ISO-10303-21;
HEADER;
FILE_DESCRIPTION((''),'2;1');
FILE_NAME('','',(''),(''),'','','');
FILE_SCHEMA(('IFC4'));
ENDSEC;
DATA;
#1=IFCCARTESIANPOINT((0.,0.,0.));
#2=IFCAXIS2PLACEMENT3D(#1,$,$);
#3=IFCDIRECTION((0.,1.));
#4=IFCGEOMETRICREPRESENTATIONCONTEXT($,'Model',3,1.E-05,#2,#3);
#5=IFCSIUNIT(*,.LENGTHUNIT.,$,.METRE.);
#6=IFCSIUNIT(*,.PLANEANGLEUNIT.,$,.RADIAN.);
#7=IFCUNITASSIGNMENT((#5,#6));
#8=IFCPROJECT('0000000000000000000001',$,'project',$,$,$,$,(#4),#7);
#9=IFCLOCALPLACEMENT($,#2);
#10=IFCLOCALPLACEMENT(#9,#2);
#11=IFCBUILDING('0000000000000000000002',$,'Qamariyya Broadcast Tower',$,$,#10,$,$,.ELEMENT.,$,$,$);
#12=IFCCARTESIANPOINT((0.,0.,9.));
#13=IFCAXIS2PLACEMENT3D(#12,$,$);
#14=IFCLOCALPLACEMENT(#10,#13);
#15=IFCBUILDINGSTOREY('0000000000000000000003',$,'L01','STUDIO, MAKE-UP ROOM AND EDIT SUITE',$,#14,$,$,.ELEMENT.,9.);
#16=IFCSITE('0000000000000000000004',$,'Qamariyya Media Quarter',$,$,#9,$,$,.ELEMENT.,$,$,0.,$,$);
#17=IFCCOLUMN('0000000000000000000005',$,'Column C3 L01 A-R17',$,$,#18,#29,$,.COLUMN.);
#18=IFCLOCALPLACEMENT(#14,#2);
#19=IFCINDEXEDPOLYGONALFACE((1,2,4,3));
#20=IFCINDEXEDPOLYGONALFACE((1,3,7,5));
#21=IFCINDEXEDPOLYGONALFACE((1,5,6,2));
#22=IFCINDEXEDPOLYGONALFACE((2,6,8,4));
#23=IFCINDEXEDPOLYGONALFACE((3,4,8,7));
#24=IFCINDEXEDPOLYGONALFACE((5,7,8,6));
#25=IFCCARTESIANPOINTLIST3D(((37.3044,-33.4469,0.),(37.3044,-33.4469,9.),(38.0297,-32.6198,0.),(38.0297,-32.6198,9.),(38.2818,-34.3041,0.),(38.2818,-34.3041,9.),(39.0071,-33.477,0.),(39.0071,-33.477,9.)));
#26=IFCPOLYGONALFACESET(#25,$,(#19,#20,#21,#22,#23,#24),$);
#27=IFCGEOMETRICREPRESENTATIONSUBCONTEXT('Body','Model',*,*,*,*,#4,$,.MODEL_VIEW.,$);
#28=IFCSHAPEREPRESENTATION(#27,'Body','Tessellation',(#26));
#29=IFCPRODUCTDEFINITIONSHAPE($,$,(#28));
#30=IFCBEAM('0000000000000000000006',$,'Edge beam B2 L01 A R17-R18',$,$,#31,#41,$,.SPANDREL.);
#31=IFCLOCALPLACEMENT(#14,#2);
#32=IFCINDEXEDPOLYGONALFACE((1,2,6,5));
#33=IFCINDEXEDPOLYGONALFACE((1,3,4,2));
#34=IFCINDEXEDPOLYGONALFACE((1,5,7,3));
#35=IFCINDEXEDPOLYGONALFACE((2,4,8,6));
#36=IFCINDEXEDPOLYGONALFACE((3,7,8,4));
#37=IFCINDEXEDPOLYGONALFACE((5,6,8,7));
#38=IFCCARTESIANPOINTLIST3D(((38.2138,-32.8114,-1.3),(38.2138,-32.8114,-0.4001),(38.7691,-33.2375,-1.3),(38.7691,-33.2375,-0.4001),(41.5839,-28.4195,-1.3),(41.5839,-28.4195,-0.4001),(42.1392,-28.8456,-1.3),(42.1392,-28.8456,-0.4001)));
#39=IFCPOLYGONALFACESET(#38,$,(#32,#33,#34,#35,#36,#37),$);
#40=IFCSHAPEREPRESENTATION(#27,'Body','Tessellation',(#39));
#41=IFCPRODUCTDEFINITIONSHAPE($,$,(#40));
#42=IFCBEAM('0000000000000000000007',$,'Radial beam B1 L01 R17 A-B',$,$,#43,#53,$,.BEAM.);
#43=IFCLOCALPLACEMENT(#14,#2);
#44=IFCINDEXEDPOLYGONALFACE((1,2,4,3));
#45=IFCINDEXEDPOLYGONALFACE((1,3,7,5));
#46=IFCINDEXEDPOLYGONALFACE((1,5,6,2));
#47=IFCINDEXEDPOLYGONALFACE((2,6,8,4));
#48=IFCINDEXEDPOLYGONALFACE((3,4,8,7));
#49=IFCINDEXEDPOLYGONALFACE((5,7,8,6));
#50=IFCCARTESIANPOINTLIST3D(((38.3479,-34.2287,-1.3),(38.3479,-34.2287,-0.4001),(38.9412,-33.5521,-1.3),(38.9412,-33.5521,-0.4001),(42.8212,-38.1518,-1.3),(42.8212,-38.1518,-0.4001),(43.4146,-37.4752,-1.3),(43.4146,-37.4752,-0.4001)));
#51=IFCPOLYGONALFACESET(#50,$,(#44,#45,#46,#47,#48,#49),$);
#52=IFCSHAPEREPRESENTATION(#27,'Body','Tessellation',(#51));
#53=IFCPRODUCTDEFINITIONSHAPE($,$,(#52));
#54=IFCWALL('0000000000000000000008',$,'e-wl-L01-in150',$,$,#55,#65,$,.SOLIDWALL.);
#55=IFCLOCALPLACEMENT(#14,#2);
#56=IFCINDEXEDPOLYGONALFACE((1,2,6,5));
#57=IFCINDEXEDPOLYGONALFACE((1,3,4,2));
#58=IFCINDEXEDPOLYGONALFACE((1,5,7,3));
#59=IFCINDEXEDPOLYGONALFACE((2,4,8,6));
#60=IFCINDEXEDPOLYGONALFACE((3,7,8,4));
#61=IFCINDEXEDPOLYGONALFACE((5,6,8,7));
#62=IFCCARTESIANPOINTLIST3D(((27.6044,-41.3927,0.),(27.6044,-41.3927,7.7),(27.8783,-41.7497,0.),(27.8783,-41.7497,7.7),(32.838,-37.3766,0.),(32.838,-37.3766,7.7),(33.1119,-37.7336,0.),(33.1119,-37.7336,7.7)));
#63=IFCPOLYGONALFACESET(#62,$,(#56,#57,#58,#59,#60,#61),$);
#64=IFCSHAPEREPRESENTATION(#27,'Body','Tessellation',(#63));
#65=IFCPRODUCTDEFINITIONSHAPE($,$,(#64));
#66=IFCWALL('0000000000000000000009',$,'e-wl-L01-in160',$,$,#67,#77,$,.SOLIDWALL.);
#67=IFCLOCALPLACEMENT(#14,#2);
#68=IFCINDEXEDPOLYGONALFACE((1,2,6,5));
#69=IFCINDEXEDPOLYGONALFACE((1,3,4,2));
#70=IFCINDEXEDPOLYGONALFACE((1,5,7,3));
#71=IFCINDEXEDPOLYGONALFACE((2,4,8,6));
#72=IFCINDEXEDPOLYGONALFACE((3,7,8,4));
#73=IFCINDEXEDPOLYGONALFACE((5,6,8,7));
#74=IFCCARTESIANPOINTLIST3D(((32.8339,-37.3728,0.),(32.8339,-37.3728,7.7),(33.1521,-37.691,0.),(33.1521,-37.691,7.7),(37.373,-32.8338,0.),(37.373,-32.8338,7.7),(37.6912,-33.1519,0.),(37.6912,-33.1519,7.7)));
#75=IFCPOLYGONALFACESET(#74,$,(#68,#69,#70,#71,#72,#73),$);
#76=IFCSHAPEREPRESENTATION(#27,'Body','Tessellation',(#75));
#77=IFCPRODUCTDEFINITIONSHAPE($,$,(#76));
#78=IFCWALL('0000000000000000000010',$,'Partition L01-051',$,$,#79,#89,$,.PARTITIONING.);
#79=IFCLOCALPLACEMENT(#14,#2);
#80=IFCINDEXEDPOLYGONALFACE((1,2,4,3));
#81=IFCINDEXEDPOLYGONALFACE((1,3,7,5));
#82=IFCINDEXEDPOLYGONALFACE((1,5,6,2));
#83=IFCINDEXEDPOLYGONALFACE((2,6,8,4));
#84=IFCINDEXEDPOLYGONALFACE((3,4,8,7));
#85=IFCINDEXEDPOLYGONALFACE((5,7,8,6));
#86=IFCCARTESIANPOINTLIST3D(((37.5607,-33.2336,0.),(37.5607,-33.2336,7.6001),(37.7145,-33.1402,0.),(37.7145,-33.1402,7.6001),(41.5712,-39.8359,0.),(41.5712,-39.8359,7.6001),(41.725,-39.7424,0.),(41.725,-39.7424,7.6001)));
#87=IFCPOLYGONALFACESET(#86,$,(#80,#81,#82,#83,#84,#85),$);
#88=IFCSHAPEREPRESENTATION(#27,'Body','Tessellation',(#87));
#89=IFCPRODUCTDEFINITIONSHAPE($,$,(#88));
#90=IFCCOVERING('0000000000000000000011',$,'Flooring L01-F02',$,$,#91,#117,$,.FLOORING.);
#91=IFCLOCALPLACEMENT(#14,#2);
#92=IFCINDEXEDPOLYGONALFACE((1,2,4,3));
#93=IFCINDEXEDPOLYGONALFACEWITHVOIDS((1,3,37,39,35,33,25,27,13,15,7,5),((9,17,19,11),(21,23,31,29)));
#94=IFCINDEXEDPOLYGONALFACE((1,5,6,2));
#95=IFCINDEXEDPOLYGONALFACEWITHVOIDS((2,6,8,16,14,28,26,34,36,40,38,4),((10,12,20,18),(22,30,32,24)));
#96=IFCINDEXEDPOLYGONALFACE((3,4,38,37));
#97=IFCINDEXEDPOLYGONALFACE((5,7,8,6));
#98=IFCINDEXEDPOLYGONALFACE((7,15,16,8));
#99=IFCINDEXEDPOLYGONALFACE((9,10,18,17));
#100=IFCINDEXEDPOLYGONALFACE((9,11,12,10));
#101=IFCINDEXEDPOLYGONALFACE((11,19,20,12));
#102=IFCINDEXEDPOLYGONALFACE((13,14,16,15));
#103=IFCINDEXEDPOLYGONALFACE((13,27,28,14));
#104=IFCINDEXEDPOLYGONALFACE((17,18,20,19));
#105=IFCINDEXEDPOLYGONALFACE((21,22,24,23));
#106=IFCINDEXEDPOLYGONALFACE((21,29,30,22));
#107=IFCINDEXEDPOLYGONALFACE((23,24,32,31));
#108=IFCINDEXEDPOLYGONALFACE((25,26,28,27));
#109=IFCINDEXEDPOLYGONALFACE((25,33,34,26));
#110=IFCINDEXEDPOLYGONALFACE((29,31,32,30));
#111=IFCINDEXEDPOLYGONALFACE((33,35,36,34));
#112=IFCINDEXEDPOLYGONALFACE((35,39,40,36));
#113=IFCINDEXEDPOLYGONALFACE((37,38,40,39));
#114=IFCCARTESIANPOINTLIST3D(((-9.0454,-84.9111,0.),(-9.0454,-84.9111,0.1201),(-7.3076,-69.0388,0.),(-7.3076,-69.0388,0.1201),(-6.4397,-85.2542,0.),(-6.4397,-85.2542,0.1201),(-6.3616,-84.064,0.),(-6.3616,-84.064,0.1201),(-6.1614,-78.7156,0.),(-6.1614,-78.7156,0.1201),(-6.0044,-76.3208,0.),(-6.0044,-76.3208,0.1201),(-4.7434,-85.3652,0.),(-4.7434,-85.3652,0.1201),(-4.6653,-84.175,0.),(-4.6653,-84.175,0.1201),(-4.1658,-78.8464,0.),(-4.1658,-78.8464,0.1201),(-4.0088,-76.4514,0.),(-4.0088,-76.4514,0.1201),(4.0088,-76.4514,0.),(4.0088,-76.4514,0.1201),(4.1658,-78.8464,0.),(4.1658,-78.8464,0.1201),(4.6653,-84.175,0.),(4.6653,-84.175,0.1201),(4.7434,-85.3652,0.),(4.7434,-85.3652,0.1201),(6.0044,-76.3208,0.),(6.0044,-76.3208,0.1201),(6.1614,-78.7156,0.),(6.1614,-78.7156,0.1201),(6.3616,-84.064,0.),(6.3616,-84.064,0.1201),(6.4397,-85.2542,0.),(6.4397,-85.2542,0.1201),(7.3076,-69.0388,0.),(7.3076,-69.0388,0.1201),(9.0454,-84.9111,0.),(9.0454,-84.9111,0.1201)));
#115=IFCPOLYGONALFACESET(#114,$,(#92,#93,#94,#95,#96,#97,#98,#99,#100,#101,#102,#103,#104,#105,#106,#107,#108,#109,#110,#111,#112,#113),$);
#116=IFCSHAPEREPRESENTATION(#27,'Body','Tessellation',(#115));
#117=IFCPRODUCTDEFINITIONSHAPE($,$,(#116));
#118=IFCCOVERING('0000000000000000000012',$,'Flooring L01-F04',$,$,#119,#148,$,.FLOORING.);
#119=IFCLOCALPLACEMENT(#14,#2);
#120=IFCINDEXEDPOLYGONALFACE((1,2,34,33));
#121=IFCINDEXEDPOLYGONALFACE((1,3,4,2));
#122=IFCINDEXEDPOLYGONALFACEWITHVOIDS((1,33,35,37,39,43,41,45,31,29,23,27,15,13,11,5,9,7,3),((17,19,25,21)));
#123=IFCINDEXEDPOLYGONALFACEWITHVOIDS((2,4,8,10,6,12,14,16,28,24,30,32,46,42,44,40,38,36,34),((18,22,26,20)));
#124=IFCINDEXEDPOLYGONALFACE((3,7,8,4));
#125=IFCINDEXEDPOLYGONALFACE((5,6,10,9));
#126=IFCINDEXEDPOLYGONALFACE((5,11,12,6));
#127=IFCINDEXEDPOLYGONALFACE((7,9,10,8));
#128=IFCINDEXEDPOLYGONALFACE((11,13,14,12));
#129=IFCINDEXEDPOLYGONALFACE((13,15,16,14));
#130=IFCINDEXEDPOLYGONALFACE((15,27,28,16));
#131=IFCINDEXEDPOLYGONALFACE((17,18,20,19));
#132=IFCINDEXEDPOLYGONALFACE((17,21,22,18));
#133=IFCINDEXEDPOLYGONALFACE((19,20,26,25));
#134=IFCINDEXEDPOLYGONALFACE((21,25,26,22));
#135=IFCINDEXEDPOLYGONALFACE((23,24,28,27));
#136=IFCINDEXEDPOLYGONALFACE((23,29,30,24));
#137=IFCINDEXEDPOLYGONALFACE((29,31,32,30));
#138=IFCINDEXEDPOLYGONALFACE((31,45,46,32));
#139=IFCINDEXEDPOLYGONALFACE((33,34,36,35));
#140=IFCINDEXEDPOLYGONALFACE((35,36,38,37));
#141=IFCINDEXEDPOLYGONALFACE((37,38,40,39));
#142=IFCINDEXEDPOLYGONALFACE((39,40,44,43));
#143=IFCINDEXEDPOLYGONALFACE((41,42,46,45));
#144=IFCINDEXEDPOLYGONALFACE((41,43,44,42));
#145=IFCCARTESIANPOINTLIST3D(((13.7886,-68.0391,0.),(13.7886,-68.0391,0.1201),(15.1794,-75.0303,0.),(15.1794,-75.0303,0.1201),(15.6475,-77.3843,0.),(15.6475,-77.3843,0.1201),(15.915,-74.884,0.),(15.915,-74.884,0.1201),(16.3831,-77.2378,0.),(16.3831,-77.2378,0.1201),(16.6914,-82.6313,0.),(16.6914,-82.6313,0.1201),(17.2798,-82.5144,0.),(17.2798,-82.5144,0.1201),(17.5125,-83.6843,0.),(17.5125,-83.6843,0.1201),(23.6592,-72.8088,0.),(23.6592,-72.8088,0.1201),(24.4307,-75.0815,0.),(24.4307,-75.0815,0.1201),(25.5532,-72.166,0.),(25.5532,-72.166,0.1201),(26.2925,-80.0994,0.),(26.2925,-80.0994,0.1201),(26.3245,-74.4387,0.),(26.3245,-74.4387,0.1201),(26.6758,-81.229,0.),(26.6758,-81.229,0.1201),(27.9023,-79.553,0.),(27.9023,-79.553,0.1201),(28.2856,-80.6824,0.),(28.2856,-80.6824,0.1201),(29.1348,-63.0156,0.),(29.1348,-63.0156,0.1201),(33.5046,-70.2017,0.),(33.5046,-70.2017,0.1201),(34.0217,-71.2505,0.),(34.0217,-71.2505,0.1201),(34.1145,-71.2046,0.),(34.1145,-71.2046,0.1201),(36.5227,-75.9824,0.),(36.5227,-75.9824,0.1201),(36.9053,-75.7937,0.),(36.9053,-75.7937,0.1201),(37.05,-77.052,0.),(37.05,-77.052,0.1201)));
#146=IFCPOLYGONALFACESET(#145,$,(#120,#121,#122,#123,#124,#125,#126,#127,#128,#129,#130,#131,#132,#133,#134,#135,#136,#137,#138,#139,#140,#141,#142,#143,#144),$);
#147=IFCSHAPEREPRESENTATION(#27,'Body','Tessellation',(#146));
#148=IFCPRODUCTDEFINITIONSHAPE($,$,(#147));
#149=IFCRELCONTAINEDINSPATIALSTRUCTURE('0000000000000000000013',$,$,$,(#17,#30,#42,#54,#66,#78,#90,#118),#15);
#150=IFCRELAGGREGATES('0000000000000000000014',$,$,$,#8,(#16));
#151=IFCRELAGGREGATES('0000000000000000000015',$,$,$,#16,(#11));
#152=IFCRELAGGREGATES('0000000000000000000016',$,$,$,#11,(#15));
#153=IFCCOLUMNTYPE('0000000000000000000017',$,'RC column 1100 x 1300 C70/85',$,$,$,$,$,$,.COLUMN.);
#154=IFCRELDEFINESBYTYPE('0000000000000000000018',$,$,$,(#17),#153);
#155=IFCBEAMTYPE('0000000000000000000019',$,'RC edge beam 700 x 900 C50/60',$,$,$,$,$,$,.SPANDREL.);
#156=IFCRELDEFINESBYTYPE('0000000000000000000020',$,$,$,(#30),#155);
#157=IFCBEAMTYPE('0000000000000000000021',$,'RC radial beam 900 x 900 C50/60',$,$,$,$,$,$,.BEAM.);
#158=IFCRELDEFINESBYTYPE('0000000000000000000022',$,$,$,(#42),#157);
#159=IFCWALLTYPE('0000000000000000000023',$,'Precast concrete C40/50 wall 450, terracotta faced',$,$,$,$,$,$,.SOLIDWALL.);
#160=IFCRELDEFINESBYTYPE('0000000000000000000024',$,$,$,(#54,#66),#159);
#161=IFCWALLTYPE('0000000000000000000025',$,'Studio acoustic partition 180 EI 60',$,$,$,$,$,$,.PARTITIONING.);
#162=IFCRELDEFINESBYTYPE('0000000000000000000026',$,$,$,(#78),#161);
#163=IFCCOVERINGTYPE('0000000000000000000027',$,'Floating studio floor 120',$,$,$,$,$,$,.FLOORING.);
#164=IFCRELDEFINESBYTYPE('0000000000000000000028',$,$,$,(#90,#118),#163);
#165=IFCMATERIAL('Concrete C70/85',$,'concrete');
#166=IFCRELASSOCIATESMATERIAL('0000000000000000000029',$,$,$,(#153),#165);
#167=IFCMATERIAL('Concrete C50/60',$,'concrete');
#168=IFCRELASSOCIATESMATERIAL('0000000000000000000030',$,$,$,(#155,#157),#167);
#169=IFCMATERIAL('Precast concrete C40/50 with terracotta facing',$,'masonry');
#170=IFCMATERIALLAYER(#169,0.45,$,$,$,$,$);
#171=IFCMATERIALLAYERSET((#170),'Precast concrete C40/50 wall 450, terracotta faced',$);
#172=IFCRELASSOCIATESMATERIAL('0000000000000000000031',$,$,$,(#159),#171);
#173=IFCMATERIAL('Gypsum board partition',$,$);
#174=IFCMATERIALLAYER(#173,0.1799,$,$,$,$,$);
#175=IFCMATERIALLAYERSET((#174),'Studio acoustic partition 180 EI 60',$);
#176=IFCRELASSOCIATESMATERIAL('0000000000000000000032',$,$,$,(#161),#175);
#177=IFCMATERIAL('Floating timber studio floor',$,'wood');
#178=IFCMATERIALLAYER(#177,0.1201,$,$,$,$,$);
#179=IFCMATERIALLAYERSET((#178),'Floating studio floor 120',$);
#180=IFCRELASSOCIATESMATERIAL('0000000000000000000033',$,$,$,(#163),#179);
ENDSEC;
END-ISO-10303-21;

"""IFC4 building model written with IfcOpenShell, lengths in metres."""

from ifc_helpers import new_model, si_unit, direction, frame, frame_2d, origin, origin_2d, place, context, subcontext, project, spatial, polyline, rectangle, outline, extrude, material, layer, layer_set, material_profile, profile_set, type_object, element, save


model = new_model("IFC4")

# Units and contexts
model_context = context("Model", 3, precision=1e-05, world=origin(), true_north=direction((0.0, 1.0)))
body_context = subcontext(model_context, "Body", "Model", "MODEL_VIEW")
ifc_project = project(units=[si_unit("LENGTHUNIT", "METRE"), si_unit("PLANEANGLEUNIT", "RADIAN")], contexts=[model_context])

# Site, building, storey
site_placement = place(None, origin())
site = spatial("IfcSite", under=ifc_project, at=site_placement, Name="Qamariyya Media Quarter", CompositionType="ELEMENT", RefElevation=0.0)
building_placement = place(site_placement, origin())
building = spatial("IfcBuilding", under=site, at=building_placement, Name="Qamariyya Broadcast Tower", CompositionType="ELEMENT")
storey_placement = place(building_placement, frame((0.0, 0.0, 9.0)))
storey = spatial("IfcBuildingStorey", under=building, at=storey_placement, Name="L01", Description="STUDIO, MAKE-UP ROOM AND EDIT SUITE", CompositionType="ELEMENT", Elevation=9.0)

# Column
ifc_material_1 = material(Name="Concrete C70/85", Category="concrete")
ifc_material_profile_1 = material_profile(ifc_material_1, rectangle(XDim=1.1001, YDim=1.3, at=origin_2d()))
ifc_profile_set_1 = profile_set([ifc_material_profile_1], Name="Concrete C70/85")
column_type = type_object("IfcColumnType", Name="RC column 1100 x 1300 C70/85", PredefinedType="COLUMN", material=ifc_profile_set_1)
column_placement = place(storey_placement, frame((38.1558, -33.4619, 0.0), z_axis=(0.0, 0.0, 1.0), x_axis=(0.659346, 0.75184, 0.0)))
element("IfcColumn", 1, at=column_placement, inside=storey, type_object=column_type, Name="Column C3 L01 A-R17", PredefinedType="COLUMN", context=body_context, shape_type="SweptSolid", body=[
    extrude(rectangle(XDim=1.1001, YDim=1.3, at=origin_2d()), origin(), (0.0, 0.0, 1.0), 9.0),
])

# Beams
ifc_material_2 = material(Name="Concrete C50/60", Category="concrete")
ifc_material_profile_2 = material_profile(ifc_material_2, rectangle(XDim=0.7, YDim=0.8999, at=origin_2d()))
ifc_profile_set_2 = profile_set([ifc_material_profile_2], Name="Concrete C50/60")
beam_type_1 = type_object("IfcBeamType", Name="RC edge beam 700 x 900 C50/60", PredefinedType="SPANDREL", material=ifc_profile_set_2)
beam_1_placement = place(storey_placement, frame((38.4915, -33.0244, -0.8501), z_axis=(0.608777, 0.793342, 0.0), x_axis=(-0.793342, 0.608777, 0.0)))
element("IfcBeam", 2, at=beam_1_placement, inside=storey, type_object=beam_type_1, Name="Edge beam B2 L01 A R17-R18", PredefinedType="SPANDREL", context=body_context, shape_type="SweptSolid", body=[
    extrude(rectangle(XDim=0.7, YDim=0.8999, at=origin_2d()), origin(), (0.0, 0.0, 1.0), 5.5359),
])
ifc_material_profile_3 = material_profile(ifc_material_2, rectangle(XDim=0.8999, YDim=0.8999, at=origin_2d()))
ifc_profile_set_3 = profile_set([ifc_material_profile_3], Name="Concrete C50/60")
beam_type_2 = type_object("IfcBeamType", Name="RC radial beam 900 x 900 C50/60", PredefinedType="BEAM", material=ifc_profile_set_3)
beam_2_placement = place(storey_placement, frame((38.6445, -33.8904, -0.8501), z_axis=(0.751837, -0.65935, 0.0), x_axis=(0.65935, 0.751837, 0.0)))
element("IfcBeam", 3, at=beam_2_placement, inside=storey, type_object=beam_type_2, Name="Radial beam B1 L01 R17 A-B", PredefinedType="BEAM", context=body_context, shape_type="SweptSolid", body=[
    extrude(rectangle(XDim=0.8999, YDim=0.8999, at=origin_2d()), origin(), (0.0, 0.0, 1.0), 5.95),
])

# Walls
ifc_material_3 = material(Name="Precast concrete C40/50 with terracotta facing", Category="masonry")
ifc_layer_1 = layer(ifc_material_3, 0.45)
ifc_layer_set_1 = layer_set([ifc_layer_1], Name="Precast concrete C40/50 wall 450, terracotta faced")
wall_type_1 = type_object("IfcWallType", Name="Precast concrete C40/50 wall 450, terracotta faced", PredefinedType="SOLIDWALL", material=ifc_layer_set_1)
wall_1_placement = place(storey_placement, frame((32.9749, -37.5552, 0.0), z_axis=(0.0, 0.0, 1.0), x_axis=(-0.793339, -0.60878, 0.0)))
element("IfcWall", 4, at=wall_1_placement, inside=storey, type_object=wall_type_1, Name="e-wl-L01-in150", PredefinedType="SOLIDWALL", context=body_context, shape_type="SweptSolid", body=[
    extrude(rectangle(XDim=6.5969, YDim=0.45, at=frame_2d((3.2983, 0.0))), origin(), (0.0, 0.0, 1.0), 7.7),
])
wall_2_placement = place(storey_placement, frame((37.532, -32.9929, 0.0), z_axis=(0.0, 0.0, 1.0), x_axis=(-0.707107, -0.707107, 0.0)))
element("IfcWall", 5, at=wall_2_placement, inside=storey, type_object=wall_type_1, Name="e-wl-L01-in160", PredefinedType="SOLIDWALL", context=body_context, shape_type="SweptSolid", body=[
    extrude(rectangle(XDim=6.4192, YDim=0.45, at=frame_2d((3.2095, 0.0))), origin(), (0.0, 0.0, 1.0), 7.7),
])
ifc_material_4 = material(Name="Gypsum board partition")
ifc_layer_2 = layer(ifc_material_4, 0.1799)
ifc_layer_set_2 = layer_set([ifc_layer_2], Name="Studio acoustic partition 180 EI 60")
wall_type_2 = type_object("IfcWallType", Name="Studio acoustic partition 180 EI 60", PredefinedType="PARTITIONING", material=ifc_layer_set_2)
wall_3_placement = place(storey_placement, frame((37.6377, -33.187, 0.0), z_axis=(0.0, 0.0, 1.0), x_axis=(0.519164, -0.854675, 0.0)))
element("IfcWall", 6, at=wall_3_placement, inside=storey, type_object=wall_type_2, Name="Partition L01-051", PredefinedType="PARTITIONING", context=body_context, shape_type="SweptSolid", body=[
    extrude(rectangle(XDim=7.7249, YDim=0.1799, at=frame_2d((3.8623, 0.0))), origin(), (0.0, 0.0, 1.0), 7.6001),
])

# Coverings
ifc_material_5 = material(Name="Floating timber studio floor", Category="wood")
ifc_layer_3 = layer(ifc_material_5, 0.1201)
ifc_layer_set_3 = layer_set([ifc_layer_3], Name="Floating studio floor 120")
covering_type_1 = type_object("IfcCoveringType", Name="Floating studio floor 120", PredefinedType="FLOORING", material=ifc_layer_set_3)
covering_1_placement = place(storey_placement, origin())
element("IfcCovering", 7, at=covering_1_placement, inside=storey, type_object=covering_type_1, Name="Flooring L01-F02", PredefinedType="FLOORING", context=body_context, shape_type="SweptSolid", body=[
    extrude(outline(polyline([(9.0454, -84.9111), (6.4397, -85.2542), (6.3616, -84.064), (4.6653, -84.175), (4.7434, -85.3652), (-4.7434, -85.3652), (-4.6653, -84.175), (-6.3616, -84.064), (-6.4397, -85.2542), (-9.0454, -84.9111), (-7.3076, -69.0388), (7.3076, -69.0388), (9.0454, -84.9111)]), holes=[polyline([(4.1658, -78.8464), (6.1614, -78.7156), (6.0044, -76.3208), (4.0088, -76.4514), (4.1658, -78.8464)]), polyline([(-6.0044, -76.3208), (-6.1614, -78.7156), (-4.1658, -78.8464), (-4.0088, -76.4514), (-6.0044, -76.3208)])]), origin(), (0.0, 0.0, 1.0), 0.1201),
])
covering_2_placement = place(storey_placement, origin())
element("IfcCovering", 8, at=covering_2_placement, inside=storey, type_object=covering_type_1, Name="Flooring L01-F04", PredefinedType="FLOORING", context=body_context, shape_type="SweptSolid", body=[
    extrude(outline(polyline([(33.5046, -70.2017), (34.0217, -71.2505), (34.1145, -71.2046), (36.9053, -75.7937), (36.5227, -75.9824), (37.05, -77.052), (28.2856, -80.6824), (27.9023, -79.553), (26.2925, -80.0994), (26.6758, -81.229), (17.5125, -83.6843), (17.2798, -82.5144), (16.6914, -82.6313), (15.6475, -77.3843), (16.3831, -77.2378), (15.915, -74.884), (15.1794, -75.0303), (13.7886, -68.0391), (29.1348, -63.0156), (33.5046, -70.2017)]), holes=[polyline([(24.4307, -75.0815), (26.3245, -74.4387), (25.5532, -72.166), (23.6592, -72.8088), (24.4307, -75.0815)])]), origin(), (0.0, 0.0, 1.0), 0.1201),
])

save(model, "model.ifc")
